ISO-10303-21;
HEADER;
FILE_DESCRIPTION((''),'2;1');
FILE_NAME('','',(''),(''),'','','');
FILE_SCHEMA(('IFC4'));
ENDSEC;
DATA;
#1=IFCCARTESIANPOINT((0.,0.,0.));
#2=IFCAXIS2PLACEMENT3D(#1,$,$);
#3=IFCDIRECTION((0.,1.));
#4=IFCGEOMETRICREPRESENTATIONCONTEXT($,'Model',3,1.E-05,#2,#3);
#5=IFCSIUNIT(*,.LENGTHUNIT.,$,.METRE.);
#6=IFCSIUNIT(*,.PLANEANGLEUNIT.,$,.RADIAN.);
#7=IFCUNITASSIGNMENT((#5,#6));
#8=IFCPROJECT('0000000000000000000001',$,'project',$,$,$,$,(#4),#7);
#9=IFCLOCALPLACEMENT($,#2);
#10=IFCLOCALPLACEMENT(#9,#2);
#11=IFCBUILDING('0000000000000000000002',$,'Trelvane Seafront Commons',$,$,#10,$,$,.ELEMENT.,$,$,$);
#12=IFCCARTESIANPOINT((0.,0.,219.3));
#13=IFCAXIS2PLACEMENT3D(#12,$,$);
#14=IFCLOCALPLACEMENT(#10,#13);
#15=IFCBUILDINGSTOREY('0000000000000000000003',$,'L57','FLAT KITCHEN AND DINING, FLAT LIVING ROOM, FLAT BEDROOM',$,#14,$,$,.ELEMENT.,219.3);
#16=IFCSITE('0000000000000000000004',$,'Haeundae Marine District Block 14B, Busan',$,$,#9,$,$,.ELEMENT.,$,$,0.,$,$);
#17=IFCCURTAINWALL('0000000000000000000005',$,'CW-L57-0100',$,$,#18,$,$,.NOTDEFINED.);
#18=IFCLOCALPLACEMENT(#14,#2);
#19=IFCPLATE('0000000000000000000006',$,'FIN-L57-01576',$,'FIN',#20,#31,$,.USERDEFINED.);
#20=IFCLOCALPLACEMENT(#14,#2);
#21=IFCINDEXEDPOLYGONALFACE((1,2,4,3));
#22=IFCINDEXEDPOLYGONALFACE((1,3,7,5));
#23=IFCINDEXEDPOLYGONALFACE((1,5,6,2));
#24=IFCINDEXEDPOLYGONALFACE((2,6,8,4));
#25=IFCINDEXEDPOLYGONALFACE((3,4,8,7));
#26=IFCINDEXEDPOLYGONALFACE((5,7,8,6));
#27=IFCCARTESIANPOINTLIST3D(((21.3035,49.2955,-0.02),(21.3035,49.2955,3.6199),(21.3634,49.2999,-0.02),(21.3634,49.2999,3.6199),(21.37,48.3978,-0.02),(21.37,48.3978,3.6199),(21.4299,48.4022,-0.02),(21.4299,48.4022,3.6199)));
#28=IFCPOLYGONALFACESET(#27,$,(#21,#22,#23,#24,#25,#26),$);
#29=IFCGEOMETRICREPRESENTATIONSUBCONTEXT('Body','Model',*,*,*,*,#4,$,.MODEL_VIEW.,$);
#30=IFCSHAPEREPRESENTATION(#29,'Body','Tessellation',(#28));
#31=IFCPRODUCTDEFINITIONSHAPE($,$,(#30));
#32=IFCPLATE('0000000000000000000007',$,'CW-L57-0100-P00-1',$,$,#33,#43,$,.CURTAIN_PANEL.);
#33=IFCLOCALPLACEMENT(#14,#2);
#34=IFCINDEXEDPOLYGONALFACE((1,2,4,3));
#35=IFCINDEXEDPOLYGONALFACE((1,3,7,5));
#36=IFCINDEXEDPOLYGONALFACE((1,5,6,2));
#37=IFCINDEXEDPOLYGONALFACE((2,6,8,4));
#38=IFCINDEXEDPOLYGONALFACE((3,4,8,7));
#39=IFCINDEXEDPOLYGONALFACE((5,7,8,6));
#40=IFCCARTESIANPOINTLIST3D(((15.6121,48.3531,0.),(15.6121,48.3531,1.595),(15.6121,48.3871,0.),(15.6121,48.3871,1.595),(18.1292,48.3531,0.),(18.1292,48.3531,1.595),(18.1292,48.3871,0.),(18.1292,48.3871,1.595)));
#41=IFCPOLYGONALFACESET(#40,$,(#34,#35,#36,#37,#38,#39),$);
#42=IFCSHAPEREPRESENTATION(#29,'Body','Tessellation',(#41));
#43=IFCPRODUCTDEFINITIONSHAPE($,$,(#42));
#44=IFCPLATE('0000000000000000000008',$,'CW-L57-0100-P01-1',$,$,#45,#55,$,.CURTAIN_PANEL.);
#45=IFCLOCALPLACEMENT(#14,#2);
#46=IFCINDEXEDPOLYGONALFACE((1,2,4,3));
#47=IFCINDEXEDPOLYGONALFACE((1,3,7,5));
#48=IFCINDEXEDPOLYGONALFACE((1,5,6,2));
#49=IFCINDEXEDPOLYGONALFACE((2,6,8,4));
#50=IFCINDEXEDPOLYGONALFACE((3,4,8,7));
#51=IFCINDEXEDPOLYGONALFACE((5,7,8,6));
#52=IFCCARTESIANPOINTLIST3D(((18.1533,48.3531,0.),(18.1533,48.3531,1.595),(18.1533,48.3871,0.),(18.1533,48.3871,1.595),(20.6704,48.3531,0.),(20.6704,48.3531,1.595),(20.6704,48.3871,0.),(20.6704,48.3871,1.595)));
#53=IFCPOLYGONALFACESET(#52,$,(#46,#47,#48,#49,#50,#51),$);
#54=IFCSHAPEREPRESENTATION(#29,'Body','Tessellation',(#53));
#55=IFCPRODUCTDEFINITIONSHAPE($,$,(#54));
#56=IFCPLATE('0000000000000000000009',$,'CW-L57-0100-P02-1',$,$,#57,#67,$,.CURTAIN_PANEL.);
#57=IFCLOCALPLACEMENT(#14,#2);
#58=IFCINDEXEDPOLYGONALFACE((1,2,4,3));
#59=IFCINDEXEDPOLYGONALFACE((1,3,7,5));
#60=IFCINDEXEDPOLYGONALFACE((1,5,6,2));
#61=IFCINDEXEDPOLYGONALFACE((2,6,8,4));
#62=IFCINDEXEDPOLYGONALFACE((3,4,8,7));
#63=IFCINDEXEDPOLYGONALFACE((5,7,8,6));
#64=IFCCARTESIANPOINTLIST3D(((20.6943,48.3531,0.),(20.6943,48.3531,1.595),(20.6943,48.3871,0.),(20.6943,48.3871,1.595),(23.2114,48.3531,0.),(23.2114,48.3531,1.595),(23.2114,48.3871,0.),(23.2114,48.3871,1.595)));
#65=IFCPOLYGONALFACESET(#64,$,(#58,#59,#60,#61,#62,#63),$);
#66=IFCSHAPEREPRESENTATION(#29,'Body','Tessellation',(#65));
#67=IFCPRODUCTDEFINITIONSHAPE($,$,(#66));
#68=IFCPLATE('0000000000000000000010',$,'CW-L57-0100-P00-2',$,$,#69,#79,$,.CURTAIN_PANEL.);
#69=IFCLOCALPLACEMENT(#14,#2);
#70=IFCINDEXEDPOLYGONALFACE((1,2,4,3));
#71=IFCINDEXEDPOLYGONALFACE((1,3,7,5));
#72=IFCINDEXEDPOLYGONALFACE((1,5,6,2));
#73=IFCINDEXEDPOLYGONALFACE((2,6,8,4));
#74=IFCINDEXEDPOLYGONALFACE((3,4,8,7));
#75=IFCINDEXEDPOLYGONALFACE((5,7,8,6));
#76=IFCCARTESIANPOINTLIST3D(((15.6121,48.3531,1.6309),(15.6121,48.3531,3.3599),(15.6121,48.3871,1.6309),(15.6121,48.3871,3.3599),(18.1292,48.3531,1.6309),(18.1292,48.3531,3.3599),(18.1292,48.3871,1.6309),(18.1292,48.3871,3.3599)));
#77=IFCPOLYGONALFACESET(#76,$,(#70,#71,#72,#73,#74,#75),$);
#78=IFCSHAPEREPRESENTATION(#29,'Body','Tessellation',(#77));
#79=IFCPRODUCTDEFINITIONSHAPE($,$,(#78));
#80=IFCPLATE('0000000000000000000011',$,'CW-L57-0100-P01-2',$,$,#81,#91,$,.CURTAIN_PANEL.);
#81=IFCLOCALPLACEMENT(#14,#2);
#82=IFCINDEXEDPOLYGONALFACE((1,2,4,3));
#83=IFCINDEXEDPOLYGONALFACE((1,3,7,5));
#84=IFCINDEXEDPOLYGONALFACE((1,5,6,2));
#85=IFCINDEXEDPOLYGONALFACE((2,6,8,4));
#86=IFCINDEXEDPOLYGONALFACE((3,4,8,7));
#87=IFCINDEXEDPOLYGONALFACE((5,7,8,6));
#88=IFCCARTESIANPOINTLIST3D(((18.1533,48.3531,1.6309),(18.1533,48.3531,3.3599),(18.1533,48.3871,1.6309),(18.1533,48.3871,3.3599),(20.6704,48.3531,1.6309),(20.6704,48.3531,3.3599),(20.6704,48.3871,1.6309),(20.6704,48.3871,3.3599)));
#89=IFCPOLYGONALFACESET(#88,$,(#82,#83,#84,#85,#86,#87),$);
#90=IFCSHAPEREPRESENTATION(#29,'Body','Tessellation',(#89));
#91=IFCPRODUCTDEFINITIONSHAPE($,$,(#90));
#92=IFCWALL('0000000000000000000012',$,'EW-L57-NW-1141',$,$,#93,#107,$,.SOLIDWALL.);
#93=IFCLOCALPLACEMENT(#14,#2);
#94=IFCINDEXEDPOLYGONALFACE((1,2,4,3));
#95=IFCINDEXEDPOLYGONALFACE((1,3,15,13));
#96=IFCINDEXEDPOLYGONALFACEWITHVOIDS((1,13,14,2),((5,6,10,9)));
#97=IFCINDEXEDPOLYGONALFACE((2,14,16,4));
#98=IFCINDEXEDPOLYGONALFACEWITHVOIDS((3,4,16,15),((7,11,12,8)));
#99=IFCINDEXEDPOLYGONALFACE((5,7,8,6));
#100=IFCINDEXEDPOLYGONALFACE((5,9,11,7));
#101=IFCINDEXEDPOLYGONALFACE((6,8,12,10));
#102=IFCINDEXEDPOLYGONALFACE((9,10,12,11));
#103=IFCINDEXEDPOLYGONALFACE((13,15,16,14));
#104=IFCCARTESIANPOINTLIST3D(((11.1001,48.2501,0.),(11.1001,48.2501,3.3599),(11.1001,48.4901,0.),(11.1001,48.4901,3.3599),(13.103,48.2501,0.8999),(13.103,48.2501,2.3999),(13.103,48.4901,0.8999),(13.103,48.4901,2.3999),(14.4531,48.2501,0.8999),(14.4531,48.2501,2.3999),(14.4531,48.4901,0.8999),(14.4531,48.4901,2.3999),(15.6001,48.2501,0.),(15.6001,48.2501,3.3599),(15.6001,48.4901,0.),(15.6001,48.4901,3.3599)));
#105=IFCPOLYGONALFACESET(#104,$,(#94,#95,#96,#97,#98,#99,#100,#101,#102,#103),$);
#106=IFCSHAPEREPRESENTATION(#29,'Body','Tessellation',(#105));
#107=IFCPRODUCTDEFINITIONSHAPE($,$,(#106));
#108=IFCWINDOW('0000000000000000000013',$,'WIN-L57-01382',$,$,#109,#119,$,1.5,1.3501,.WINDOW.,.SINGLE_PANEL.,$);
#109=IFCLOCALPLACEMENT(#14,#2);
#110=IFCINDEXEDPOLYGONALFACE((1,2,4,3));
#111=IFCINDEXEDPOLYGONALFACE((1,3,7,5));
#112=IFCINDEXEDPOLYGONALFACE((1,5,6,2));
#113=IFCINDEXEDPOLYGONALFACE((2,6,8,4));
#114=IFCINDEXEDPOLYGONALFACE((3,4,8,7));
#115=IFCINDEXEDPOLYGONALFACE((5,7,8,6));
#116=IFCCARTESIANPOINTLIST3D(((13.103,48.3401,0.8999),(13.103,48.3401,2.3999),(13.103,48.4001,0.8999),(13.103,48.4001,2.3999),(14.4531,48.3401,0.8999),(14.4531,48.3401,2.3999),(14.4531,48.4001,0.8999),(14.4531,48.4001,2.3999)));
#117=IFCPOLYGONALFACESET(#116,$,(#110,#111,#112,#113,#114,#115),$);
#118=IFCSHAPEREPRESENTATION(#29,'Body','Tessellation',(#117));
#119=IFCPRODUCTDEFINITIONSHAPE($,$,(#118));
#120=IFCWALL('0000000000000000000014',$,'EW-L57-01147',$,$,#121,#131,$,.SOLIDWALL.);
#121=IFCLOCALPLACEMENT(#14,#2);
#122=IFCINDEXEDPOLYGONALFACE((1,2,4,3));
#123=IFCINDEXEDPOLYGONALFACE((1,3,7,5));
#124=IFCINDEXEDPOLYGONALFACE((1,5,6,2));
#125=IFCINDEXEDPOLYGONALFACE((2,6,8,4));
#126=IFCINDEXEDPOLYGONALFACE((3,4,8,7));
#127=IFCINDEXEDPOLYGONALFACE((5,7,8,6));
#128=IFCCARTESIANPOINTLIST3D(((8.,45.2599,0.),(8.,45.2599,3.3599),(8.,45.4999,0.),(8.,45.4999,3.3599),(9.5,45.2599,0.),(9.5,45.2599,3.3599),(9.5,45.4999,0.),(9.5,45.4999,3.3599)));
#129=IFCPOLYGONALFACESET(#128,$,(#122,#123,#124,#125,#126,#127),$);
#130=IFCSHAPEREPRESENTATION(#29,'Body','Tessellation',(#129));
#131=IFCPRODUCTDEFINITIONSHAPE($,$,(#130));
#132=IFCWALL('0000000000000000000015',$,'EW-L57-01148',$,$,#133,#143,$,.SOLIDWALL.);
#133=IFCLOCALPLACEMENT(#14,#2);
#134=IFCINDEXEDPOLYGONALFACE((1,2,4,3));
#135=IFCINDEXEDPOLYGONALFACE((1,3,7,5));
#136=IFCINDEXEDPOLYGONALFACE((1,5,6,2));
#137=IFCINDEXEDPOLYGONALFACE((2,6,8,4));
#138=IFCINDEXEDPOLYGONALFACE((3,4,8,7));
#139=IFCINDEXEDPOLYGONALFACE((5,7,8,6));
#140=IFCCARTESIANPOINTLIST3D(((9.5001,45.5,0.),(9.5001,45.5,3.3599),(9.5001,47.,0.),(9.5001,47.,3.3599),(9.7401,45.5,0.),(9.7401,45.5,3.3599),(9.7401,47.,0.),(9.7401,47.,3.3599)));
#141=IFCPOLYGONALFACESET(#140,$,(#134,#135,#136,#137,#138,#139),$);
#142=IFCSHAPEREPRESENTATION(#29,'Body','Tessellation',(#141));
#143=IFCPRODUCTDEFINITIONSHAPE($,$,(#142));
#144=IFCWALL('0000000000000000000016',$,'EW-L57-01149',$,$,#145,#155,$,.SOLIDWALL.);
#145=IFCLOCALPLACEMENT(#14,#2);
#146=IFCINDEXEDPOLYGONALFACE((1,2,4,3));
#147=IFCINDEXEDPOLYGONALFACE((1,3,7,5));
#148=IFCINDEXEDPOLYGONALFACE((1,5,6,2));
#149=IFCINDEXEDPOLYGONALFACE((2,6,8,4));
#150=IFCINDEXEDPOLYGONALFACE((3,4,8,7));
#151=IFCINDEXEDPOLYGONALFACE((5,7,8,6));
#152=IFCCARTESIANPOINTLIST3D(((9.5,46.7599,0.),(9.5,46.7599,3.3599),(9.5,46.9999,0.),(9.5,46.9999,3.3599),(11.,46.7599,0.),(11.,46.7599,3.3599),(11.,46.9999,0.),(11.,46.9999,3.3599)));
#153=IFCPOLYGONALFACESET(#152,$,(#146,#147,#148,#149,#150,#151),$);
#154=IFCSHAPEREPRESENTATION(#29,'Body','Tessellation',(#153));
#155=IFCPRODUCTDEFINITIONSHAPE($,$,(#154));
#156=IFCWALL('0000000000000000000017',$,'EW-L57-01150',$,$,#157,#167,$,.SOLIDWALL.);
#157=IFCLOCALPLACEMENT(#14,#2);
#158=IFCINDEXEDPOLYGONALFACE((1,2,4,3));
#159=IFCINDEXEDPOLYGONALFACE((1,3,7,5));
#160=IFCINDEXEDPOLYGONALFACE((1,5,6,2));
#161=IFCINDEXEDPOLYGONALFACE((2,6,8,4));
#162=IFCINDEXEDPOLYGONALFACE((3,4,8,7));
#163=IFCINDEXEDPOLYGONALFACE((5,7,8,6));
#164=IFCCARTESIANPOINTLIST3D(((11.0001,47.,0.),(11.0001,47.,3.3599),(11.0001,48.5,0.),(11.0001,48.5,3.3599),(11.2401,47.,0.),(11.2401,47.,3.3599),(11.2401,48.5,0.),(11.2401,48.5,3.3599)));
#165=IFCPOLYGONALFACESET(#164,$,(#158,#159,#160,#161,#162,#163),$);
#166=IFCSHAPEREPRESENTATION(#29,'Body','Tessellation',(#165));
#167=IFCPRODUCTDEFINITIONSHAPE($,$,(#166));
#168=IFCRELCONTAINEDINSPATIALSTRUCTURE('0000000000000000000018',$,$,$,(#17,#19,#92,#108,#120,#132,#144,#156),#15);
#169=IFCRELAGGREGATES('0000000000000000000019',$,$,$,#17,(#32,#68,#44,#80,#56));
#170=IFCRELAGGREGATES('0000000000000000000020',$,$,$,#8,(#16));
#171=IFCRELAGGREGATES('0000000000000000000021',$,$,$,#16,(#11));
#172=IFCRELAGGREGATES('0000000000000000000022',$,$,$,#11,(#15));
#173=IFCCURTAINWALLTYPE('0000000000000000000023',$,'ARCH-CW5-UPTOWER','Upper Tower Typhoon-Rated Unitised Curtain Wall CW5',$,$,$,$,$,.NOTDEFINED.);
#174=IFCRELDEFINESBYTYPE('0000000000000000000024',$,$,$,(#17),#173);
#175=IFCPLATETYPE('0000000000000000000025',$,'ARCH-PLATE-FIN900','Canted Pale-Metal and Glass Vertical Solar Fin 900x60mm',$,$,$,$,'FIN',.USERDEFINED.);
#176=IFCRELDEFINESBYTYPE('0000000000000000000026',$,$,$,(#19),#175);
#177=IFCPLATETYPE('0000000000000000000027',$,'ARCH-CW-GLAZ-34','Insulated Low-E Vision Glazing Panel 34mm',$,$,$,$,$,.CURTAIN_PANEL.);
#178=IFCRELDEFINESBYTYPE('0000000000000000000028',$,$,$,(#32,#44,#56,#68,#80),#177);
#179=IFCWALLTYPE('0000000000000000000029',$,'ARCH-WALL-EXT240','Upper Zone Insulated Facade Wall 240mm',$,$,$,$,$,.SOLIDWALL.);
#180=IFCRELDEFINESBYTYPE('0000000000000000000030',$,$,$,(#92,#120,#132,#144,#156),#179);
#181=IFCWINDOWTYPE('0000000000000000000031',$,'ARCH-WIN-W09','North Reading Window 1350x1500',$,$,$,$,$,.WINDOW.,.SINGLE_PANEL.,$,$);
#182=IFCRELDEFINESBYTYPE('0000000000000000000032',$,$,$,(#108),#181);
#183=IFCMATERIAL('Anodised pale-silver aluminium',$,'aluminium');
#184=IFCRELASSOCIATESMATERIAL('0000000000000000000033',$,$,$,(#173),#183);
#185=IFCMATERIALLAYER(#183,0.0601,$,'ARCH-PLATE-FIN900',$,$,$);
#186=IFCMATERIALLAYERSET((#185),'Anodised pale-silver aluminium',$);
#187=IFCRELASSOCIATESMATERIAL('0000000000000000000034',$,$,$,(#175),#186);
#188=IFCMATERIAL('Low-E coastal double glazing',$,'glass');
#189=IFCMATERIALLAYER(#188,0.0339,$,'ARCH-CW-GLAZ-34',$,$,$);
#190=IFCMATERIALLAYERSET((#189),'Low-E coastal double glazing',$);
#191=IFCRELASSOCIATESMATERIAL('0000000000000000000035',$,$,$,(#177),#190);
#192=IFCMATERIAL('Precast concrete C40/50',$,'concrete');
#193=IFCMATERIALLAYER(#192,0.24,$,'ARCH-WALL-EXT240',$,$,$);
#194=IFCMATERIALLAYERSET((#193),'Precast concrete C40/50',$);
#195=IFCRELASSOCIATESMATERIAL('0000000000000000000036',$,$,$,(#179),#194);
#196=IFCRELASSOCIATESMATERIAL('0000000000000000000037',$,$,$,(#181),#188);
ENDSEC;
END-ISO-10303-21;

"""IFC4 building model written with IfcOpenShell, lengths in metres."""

from ifc_helpers import new_model, si_unit, direction, frame, frame_2d, origin, origin_2d, place, context, subcontext, project, spatial, rectangle, extrude, source, transform, mapped, material, layer, layer_set, type_object, element, fill, aggregate, save


model = new_model("IFC4")

# Units and contexts
model_context = context("Model", 3, precision=1e-05, world=origin(), true_north=direction((0.0, 1.0)))
body_context = subcontext(model_context, "Body", "Model", "MODEL_VIEW")
ifc_project = project(units=[si_unit("LENGTHUNIT", "METRE"), si_unit("PLANEANGLEUNIT", "RADIAN")], contexts=[model_context])

# Site, building, storey
site_placement = place(None, origin())
site = spatial("IfcSite", under=ifc_project, at=site_placement, Name="Haeundae Marine District Block 14B, Busan", CompositionType="ELEMENT", RefElevation=0.0)
building_placement = place(site_placement, origin())
building = spatial("IfcBuilding", under=site, at=building_placement, Name="Trelvane Seafront Commons", CompositionType="ELEMENT")
storey_placement = place(building_placement, frame((0.0, 0.0, 219.3)))
storey = spatial("IfcBuildingStorey", under=building, at=storey_placement, Name="L57", Description="FLAT KITCHEN AND DINING, FLAT LIVING ROOM, FLAT BEDROOM", CompositionType="ELEMENT", Elevation=219.3)

# Curtain wall
ifc_material_1 = material(Name="Anodised pale-silver aluminium", Category="aluminium")
curtain_wall_type = type_object("IfcCurtainWallType", Name="ARCH-CW5-UPTOWER", Description="Upper Tower Typhoon-Rated Unitised Curtain Wall CW5", PredefinedType="NOTDEFINED", material=ifc_material_1)
curtain_wall_placement = place(storey_placement, origin())
curtain_wall = element("IfcCurtainWall", 1, at=curtain_wall_placement, inside=storey, type_object=curtain_wall_type, Name="CW-L57-0100", PredefinedType="NOTDEFINED")

# Plate
ifc_layer_1 = layer(ifc_material_1, 0.0601, Name="ARCH-PLATE-FIN900")
ifc_layer_set_1 = layer_set([ifc_layer_1], Name="Anodised pale-silver aluminium")
plate_type_1 = type_object("IfcPlateType", Name="ARCH-PLATE-FIN900", Description="Canted Pale-Metal and Glass Vertical Solar Fin 900x60mm", ElementType="FIN", PredefinedType="USERDEFINED", material=ifc_layer_set_1)
shared_shape_1 = source(origin(), body_context, "Body", "SweptSolid", [
    extrude(rectangle(XDim=0.9001, YDim=0.0601, at=origin_2d()), origin(), (0.0, 0.0, 1.0), 3.6399),
])
plate_1_placement = place(storey_placement, frame((21.3667, 48.8489, -0.02), z_axis=(0.0, 0.0, 1.0), x_axis=(-0.073774, 0.997275, 0.0)))
element("IfcPlate", 2, at=plate_1_placement, inside=storey, type_object=plate_type_1, Name="FIN-L57-01576", ObjectType="FIN", PredefinedType="USERDEFINED", context=body_context, shape_type="MappedRepresentation", body=[
    mapped(shared_shape_1, transform((0.0, 0.0, 0.0), x_axis=(1.0, 0.0, 0.0), y_axis=(0.0, 1.0, 0.0), z_axis=(0.0, 0.0, 1.0), scale=1.0)),
])

# Plates
ifc_material_2 = material(Name="Low-E coastal double glazing", Category="glass")
ifc_layer_2 = layer(ifc_material_2, 0.0339, Name="ARCH-CW-GLAZ-34")
ifc_layer_set_2 = layer_set([ifc_layer_2], Name="Low-E coastal double glazing")
plate_type_2 = type_object("IfcPlateType", Name="ARCH-CW-GLAZ-34", Description="Insulated Low-E Vision Glazing Panel 34mm", PredefinedType="CURTAIN_PANEL", material=ifc_layer_set_2)
shared_shape_2 = source(origin(), body_context, "Body", "SweptSolid", [
    extrude(rectangle(XDim=2.5171, YDim=0.0339, at=origin_2d()), origin(), (0.0, 0.0, 1.0), 1.595),
])
plate_2_placement = place(storey_placement, frame((16.8706, 48.3701, 0.0), z_axis=(0.0, 0.0, 1.0), x_axis=(1.0, 0.0, 0.0)))
plate_2 = element("IfcPlate", 3, at=plate_2_placement, type_object=plate_type_2, Name="CW-L57-0100-P00-1", PredefinedType="CURTAIN_PANEL", context=body_context, shape_type="MappedRepresentation", body=[
    mapped(shared_shape_2, transform((0.0, 0.0, 0.0), x_axis=(1.0, 0.0, 0.0), y_axis=(0.0, 1.0, 0.0), z_axis=(0.0, 0.0, 1.0), scale=1.0)),
])
plate_3_placement = place(storey_placement, frame((19.4119, 48.3701, 0.0), z_axis=(0.0, 0.0, 1.0), x_axis=(1.0, 0.0, 0.0)))
plate_3 = element("IfcPlate", 4, at=plate_3_placement, type_object=plate_type_2, Name="CW-L57-0100-P01-1", PredefinedType="CURTAIN_PANEL", context=body_context, shape_type="MappedRepresentation", body=[
    mapped(shared_shape_2, transform((0.0, 0.0, 0.0), x_axis=(1.0, 0.0, 0.0), y_axis=(0.0, 1.0, 0.0), z_axis=(0.0, 0.0, 1.0), scale=1.0)),
])
plate_4_placement = place(storey_placement, frame((21.9529, 48.3701, 0.0), z_axis=(0.0, 0.0, 1.0), x_axis=(1.0, 0.0, 0.0)))
plate_4 = element("IfcPlate", 5, at=plate_4_placement, type_object=plate_type_2, Name="CW-L57-0100-P02-1", PredefinedType="CURTAIN_PANEL", context=body_context, shape_type="MappedRepresentation", body=[
    mapped(shared_shape_2, transform((0.0, 0.0, 0.0), x_axis=(1.0, 0.0, 0.0), y_axis=(0.0, 1.0, 0.0), z_axis=(0.0, 0.0, 1.0), scale=1.0)),
])
shared_shape_3 = source(origin(), body_context, "Body", "SweptSolid", [
    extrude(rectangle(XDim=2.5171, YDim=0.0339, at=origin_2d()), origin(), (0.0, 0.0, 1.0), 1.729),
])
plate_5_placement = place(storey_placement, frame((16.8706, 48.3701, 1.6309), z_axis=(0.0, 0.0, 1.0), x_axis=(1.0, 0.0, 0.0)))
plate_5 = element("IfcPlate", 6, at=plate_5_placement, type_object=plate_type_2, Name="CW-L57-0100-P00-2", PredefinedType="CURTAIN_PANEL", context=body_context, shape_type="MappedRepresentation", body=[
    mapped(shared_shape_3, transform((0.0, 0.0, 0.0), x_axis=(1.0, 0.0, 0.0), y_axis=(0.0, 1.0, 0.0), z_axis=(0.0, 0.0, 1.0), scale=1.0)),
])
plate_6_placement = place(storey_placement, frame((19.4119, 48.3701, 1.6309), z_axis=(0.0, 0.0, 1.0), x_axis=(1.0, 0.0, 0.0)))
plate_6 = element("IfcPlate", 7, at=plate_6_placement, type_object=plate_type_2, Name="CW-L57-0100-P01-2", PredefinedType="CURTAIN_PANEL", context=body_context, shape_type="MappedRepresentation", body=[
    mapped(shared_shape_3, transform((0.0, 0.0, 0.0), x_axis=(1.0, 0.0, 0.0), y_axis=(0.0, 1.0, 0.0), z_axis=(0.0, 0.0, 1.0), scale=1.0)),
])
aggregate(curtain_wall, [plate_2, plate_5, plate_3, plate_6, plate_4])

# Wall, opening, window
ifc_material_3 = material(Name="Precast concrete C40/50", Category="concrete")
ifc_layer_3 = layer(ifc_material_3, 0.24, Name="ARCH-WALL-EXT240")
ifc_layer_set_3 = layer_set([ifc_layer_3], Name="Precast concrete C40/50")
wall_type = type_object("IfcWallType", Name="ARCH-WALL-EXT240", Description="Upper Zone Insulated Facade Wall 240mm", PredefinedType="SOLIDWALL", material=ifc_layer_set_3)
wall_placement = place(storey_placement, frame((11.1001, 48.3701, 0.0), z_axis=(0.0, 0.0, 1.0), x_axis=(1.0, 0.0, 0.0)))
wall = element("IfcWall", 8, at=wall_placement, inside=storey, type_object=wall_type, Name="EW-L57-NW-1141", PredefinedType="SOLIDWALL", context=body_context, shape_type="SweptSolid", body=[
    extrude(rectangle(XDim=4.5, YDim=0.24, at=frame_2d((2.25, 0.0))), origin(), (0.0, 0.0, 1.0), 3.3599),
])
opening_placement = place(wall_placement, frame((2.0029, 0.0, 0.8999)))
opening = element("IfcOpeningElement", 9, at=opening_placement, cuts=wall, PredefinedType="OPENING", context=body_context, shape_type="SweptSolid", body=[
    extrude(rectangle(XDim=1.3501, YDim=1.5, at=frame_2d((0.675, 0.75))), frame((0.0, 0.1299, 0.0), z_axis=(0.0, -1.0, 0.0), x_axis=(1.0, 0.0, 0.0)), (0.0, 0.0, 1.0), 0.26),
])
window_type = type_object("IfcWindowType", Name="ARCH-WIN-W09", Description="North Reading Window 1350x1500", PartitioningType="SINGLE_PANEL", PredefinedType="WINDOW", material=ifc_material_2)
shared_shape_4 = source(origin(), body_context, "Body", "SweptSolid", [
    extrude(rectangle(XDim=1.3501, YDim=1.5, at=frame_2d((0.675, 0.75))), frame((0.0, 0.03, 0.0), z_axis=(0.0, -1.0, 0.0), x_axis=(1.0, 0.0, 0.0)), (0.0, 0.0, 1.0), 0.0601),
])
window_placement = place(opening_placement, origin())
window = element("IfcWindow", 10, at=window_placement, inside=storey, type_object=window_type, Name="WIN-L57-01382", OverallHeight=1.5, OverallWidth=1.3501, PartitioningType="SINGLE_PANEL", PredefinedType="WINDOW", context=body_context, shape_type="MappedRepresentation", body=[
    mapped(shared_shape_4, transform((0.0, 0.0, 0.0), x_axis=(1.0, 0.0, 0.0), y_axis=(0.0, 1.0, 0.0), z_axis=(0.0, 0.0, 1.0), scale=1.0)),
])
fill(opening, window)

# Walls
for number, where, z_axis, x_axis, name in (
    (11, (8.0, 45.3799, 0.0), (0.0, 0.0, 1.0), (1.0, 0.0, 0.0), "EW-L57-01147"),
    (12, (9.6201, 45.5, 0.0), (0.0, 0.0, 1.0), (0.0, 1.0, 0.0), "EW-L57-01148"),
    (13, (9.5, 46.8799, 0.0), (0.0, 0.0, 1.0), (1.0, 0.0, 0.0), "EW-L57-01149"),
    (14, (11.1201, 47.0, 0.0), (0.0, 0.0, 1.0), (0.0, 1.0, 0.0), "EW-L57-01150"),
):
    element("IfcWall", number, at=place(storey_placement, frame(where, z_axis=z_axis, x_axis=x_axis)), inside=storey, type_object=wall_type, Name=name, PredefinedType="SOLIDWALL", context=body_context, shape_type="SweptSolid", body=[
        extrude(rectangle(XDim=1.5, YDim=0.24, at=frame_2d((0.75, 0.0))), origin(), (0.0, 0.0, 1.0), 3.3599),
    ])

save(model, "model.ifc")
